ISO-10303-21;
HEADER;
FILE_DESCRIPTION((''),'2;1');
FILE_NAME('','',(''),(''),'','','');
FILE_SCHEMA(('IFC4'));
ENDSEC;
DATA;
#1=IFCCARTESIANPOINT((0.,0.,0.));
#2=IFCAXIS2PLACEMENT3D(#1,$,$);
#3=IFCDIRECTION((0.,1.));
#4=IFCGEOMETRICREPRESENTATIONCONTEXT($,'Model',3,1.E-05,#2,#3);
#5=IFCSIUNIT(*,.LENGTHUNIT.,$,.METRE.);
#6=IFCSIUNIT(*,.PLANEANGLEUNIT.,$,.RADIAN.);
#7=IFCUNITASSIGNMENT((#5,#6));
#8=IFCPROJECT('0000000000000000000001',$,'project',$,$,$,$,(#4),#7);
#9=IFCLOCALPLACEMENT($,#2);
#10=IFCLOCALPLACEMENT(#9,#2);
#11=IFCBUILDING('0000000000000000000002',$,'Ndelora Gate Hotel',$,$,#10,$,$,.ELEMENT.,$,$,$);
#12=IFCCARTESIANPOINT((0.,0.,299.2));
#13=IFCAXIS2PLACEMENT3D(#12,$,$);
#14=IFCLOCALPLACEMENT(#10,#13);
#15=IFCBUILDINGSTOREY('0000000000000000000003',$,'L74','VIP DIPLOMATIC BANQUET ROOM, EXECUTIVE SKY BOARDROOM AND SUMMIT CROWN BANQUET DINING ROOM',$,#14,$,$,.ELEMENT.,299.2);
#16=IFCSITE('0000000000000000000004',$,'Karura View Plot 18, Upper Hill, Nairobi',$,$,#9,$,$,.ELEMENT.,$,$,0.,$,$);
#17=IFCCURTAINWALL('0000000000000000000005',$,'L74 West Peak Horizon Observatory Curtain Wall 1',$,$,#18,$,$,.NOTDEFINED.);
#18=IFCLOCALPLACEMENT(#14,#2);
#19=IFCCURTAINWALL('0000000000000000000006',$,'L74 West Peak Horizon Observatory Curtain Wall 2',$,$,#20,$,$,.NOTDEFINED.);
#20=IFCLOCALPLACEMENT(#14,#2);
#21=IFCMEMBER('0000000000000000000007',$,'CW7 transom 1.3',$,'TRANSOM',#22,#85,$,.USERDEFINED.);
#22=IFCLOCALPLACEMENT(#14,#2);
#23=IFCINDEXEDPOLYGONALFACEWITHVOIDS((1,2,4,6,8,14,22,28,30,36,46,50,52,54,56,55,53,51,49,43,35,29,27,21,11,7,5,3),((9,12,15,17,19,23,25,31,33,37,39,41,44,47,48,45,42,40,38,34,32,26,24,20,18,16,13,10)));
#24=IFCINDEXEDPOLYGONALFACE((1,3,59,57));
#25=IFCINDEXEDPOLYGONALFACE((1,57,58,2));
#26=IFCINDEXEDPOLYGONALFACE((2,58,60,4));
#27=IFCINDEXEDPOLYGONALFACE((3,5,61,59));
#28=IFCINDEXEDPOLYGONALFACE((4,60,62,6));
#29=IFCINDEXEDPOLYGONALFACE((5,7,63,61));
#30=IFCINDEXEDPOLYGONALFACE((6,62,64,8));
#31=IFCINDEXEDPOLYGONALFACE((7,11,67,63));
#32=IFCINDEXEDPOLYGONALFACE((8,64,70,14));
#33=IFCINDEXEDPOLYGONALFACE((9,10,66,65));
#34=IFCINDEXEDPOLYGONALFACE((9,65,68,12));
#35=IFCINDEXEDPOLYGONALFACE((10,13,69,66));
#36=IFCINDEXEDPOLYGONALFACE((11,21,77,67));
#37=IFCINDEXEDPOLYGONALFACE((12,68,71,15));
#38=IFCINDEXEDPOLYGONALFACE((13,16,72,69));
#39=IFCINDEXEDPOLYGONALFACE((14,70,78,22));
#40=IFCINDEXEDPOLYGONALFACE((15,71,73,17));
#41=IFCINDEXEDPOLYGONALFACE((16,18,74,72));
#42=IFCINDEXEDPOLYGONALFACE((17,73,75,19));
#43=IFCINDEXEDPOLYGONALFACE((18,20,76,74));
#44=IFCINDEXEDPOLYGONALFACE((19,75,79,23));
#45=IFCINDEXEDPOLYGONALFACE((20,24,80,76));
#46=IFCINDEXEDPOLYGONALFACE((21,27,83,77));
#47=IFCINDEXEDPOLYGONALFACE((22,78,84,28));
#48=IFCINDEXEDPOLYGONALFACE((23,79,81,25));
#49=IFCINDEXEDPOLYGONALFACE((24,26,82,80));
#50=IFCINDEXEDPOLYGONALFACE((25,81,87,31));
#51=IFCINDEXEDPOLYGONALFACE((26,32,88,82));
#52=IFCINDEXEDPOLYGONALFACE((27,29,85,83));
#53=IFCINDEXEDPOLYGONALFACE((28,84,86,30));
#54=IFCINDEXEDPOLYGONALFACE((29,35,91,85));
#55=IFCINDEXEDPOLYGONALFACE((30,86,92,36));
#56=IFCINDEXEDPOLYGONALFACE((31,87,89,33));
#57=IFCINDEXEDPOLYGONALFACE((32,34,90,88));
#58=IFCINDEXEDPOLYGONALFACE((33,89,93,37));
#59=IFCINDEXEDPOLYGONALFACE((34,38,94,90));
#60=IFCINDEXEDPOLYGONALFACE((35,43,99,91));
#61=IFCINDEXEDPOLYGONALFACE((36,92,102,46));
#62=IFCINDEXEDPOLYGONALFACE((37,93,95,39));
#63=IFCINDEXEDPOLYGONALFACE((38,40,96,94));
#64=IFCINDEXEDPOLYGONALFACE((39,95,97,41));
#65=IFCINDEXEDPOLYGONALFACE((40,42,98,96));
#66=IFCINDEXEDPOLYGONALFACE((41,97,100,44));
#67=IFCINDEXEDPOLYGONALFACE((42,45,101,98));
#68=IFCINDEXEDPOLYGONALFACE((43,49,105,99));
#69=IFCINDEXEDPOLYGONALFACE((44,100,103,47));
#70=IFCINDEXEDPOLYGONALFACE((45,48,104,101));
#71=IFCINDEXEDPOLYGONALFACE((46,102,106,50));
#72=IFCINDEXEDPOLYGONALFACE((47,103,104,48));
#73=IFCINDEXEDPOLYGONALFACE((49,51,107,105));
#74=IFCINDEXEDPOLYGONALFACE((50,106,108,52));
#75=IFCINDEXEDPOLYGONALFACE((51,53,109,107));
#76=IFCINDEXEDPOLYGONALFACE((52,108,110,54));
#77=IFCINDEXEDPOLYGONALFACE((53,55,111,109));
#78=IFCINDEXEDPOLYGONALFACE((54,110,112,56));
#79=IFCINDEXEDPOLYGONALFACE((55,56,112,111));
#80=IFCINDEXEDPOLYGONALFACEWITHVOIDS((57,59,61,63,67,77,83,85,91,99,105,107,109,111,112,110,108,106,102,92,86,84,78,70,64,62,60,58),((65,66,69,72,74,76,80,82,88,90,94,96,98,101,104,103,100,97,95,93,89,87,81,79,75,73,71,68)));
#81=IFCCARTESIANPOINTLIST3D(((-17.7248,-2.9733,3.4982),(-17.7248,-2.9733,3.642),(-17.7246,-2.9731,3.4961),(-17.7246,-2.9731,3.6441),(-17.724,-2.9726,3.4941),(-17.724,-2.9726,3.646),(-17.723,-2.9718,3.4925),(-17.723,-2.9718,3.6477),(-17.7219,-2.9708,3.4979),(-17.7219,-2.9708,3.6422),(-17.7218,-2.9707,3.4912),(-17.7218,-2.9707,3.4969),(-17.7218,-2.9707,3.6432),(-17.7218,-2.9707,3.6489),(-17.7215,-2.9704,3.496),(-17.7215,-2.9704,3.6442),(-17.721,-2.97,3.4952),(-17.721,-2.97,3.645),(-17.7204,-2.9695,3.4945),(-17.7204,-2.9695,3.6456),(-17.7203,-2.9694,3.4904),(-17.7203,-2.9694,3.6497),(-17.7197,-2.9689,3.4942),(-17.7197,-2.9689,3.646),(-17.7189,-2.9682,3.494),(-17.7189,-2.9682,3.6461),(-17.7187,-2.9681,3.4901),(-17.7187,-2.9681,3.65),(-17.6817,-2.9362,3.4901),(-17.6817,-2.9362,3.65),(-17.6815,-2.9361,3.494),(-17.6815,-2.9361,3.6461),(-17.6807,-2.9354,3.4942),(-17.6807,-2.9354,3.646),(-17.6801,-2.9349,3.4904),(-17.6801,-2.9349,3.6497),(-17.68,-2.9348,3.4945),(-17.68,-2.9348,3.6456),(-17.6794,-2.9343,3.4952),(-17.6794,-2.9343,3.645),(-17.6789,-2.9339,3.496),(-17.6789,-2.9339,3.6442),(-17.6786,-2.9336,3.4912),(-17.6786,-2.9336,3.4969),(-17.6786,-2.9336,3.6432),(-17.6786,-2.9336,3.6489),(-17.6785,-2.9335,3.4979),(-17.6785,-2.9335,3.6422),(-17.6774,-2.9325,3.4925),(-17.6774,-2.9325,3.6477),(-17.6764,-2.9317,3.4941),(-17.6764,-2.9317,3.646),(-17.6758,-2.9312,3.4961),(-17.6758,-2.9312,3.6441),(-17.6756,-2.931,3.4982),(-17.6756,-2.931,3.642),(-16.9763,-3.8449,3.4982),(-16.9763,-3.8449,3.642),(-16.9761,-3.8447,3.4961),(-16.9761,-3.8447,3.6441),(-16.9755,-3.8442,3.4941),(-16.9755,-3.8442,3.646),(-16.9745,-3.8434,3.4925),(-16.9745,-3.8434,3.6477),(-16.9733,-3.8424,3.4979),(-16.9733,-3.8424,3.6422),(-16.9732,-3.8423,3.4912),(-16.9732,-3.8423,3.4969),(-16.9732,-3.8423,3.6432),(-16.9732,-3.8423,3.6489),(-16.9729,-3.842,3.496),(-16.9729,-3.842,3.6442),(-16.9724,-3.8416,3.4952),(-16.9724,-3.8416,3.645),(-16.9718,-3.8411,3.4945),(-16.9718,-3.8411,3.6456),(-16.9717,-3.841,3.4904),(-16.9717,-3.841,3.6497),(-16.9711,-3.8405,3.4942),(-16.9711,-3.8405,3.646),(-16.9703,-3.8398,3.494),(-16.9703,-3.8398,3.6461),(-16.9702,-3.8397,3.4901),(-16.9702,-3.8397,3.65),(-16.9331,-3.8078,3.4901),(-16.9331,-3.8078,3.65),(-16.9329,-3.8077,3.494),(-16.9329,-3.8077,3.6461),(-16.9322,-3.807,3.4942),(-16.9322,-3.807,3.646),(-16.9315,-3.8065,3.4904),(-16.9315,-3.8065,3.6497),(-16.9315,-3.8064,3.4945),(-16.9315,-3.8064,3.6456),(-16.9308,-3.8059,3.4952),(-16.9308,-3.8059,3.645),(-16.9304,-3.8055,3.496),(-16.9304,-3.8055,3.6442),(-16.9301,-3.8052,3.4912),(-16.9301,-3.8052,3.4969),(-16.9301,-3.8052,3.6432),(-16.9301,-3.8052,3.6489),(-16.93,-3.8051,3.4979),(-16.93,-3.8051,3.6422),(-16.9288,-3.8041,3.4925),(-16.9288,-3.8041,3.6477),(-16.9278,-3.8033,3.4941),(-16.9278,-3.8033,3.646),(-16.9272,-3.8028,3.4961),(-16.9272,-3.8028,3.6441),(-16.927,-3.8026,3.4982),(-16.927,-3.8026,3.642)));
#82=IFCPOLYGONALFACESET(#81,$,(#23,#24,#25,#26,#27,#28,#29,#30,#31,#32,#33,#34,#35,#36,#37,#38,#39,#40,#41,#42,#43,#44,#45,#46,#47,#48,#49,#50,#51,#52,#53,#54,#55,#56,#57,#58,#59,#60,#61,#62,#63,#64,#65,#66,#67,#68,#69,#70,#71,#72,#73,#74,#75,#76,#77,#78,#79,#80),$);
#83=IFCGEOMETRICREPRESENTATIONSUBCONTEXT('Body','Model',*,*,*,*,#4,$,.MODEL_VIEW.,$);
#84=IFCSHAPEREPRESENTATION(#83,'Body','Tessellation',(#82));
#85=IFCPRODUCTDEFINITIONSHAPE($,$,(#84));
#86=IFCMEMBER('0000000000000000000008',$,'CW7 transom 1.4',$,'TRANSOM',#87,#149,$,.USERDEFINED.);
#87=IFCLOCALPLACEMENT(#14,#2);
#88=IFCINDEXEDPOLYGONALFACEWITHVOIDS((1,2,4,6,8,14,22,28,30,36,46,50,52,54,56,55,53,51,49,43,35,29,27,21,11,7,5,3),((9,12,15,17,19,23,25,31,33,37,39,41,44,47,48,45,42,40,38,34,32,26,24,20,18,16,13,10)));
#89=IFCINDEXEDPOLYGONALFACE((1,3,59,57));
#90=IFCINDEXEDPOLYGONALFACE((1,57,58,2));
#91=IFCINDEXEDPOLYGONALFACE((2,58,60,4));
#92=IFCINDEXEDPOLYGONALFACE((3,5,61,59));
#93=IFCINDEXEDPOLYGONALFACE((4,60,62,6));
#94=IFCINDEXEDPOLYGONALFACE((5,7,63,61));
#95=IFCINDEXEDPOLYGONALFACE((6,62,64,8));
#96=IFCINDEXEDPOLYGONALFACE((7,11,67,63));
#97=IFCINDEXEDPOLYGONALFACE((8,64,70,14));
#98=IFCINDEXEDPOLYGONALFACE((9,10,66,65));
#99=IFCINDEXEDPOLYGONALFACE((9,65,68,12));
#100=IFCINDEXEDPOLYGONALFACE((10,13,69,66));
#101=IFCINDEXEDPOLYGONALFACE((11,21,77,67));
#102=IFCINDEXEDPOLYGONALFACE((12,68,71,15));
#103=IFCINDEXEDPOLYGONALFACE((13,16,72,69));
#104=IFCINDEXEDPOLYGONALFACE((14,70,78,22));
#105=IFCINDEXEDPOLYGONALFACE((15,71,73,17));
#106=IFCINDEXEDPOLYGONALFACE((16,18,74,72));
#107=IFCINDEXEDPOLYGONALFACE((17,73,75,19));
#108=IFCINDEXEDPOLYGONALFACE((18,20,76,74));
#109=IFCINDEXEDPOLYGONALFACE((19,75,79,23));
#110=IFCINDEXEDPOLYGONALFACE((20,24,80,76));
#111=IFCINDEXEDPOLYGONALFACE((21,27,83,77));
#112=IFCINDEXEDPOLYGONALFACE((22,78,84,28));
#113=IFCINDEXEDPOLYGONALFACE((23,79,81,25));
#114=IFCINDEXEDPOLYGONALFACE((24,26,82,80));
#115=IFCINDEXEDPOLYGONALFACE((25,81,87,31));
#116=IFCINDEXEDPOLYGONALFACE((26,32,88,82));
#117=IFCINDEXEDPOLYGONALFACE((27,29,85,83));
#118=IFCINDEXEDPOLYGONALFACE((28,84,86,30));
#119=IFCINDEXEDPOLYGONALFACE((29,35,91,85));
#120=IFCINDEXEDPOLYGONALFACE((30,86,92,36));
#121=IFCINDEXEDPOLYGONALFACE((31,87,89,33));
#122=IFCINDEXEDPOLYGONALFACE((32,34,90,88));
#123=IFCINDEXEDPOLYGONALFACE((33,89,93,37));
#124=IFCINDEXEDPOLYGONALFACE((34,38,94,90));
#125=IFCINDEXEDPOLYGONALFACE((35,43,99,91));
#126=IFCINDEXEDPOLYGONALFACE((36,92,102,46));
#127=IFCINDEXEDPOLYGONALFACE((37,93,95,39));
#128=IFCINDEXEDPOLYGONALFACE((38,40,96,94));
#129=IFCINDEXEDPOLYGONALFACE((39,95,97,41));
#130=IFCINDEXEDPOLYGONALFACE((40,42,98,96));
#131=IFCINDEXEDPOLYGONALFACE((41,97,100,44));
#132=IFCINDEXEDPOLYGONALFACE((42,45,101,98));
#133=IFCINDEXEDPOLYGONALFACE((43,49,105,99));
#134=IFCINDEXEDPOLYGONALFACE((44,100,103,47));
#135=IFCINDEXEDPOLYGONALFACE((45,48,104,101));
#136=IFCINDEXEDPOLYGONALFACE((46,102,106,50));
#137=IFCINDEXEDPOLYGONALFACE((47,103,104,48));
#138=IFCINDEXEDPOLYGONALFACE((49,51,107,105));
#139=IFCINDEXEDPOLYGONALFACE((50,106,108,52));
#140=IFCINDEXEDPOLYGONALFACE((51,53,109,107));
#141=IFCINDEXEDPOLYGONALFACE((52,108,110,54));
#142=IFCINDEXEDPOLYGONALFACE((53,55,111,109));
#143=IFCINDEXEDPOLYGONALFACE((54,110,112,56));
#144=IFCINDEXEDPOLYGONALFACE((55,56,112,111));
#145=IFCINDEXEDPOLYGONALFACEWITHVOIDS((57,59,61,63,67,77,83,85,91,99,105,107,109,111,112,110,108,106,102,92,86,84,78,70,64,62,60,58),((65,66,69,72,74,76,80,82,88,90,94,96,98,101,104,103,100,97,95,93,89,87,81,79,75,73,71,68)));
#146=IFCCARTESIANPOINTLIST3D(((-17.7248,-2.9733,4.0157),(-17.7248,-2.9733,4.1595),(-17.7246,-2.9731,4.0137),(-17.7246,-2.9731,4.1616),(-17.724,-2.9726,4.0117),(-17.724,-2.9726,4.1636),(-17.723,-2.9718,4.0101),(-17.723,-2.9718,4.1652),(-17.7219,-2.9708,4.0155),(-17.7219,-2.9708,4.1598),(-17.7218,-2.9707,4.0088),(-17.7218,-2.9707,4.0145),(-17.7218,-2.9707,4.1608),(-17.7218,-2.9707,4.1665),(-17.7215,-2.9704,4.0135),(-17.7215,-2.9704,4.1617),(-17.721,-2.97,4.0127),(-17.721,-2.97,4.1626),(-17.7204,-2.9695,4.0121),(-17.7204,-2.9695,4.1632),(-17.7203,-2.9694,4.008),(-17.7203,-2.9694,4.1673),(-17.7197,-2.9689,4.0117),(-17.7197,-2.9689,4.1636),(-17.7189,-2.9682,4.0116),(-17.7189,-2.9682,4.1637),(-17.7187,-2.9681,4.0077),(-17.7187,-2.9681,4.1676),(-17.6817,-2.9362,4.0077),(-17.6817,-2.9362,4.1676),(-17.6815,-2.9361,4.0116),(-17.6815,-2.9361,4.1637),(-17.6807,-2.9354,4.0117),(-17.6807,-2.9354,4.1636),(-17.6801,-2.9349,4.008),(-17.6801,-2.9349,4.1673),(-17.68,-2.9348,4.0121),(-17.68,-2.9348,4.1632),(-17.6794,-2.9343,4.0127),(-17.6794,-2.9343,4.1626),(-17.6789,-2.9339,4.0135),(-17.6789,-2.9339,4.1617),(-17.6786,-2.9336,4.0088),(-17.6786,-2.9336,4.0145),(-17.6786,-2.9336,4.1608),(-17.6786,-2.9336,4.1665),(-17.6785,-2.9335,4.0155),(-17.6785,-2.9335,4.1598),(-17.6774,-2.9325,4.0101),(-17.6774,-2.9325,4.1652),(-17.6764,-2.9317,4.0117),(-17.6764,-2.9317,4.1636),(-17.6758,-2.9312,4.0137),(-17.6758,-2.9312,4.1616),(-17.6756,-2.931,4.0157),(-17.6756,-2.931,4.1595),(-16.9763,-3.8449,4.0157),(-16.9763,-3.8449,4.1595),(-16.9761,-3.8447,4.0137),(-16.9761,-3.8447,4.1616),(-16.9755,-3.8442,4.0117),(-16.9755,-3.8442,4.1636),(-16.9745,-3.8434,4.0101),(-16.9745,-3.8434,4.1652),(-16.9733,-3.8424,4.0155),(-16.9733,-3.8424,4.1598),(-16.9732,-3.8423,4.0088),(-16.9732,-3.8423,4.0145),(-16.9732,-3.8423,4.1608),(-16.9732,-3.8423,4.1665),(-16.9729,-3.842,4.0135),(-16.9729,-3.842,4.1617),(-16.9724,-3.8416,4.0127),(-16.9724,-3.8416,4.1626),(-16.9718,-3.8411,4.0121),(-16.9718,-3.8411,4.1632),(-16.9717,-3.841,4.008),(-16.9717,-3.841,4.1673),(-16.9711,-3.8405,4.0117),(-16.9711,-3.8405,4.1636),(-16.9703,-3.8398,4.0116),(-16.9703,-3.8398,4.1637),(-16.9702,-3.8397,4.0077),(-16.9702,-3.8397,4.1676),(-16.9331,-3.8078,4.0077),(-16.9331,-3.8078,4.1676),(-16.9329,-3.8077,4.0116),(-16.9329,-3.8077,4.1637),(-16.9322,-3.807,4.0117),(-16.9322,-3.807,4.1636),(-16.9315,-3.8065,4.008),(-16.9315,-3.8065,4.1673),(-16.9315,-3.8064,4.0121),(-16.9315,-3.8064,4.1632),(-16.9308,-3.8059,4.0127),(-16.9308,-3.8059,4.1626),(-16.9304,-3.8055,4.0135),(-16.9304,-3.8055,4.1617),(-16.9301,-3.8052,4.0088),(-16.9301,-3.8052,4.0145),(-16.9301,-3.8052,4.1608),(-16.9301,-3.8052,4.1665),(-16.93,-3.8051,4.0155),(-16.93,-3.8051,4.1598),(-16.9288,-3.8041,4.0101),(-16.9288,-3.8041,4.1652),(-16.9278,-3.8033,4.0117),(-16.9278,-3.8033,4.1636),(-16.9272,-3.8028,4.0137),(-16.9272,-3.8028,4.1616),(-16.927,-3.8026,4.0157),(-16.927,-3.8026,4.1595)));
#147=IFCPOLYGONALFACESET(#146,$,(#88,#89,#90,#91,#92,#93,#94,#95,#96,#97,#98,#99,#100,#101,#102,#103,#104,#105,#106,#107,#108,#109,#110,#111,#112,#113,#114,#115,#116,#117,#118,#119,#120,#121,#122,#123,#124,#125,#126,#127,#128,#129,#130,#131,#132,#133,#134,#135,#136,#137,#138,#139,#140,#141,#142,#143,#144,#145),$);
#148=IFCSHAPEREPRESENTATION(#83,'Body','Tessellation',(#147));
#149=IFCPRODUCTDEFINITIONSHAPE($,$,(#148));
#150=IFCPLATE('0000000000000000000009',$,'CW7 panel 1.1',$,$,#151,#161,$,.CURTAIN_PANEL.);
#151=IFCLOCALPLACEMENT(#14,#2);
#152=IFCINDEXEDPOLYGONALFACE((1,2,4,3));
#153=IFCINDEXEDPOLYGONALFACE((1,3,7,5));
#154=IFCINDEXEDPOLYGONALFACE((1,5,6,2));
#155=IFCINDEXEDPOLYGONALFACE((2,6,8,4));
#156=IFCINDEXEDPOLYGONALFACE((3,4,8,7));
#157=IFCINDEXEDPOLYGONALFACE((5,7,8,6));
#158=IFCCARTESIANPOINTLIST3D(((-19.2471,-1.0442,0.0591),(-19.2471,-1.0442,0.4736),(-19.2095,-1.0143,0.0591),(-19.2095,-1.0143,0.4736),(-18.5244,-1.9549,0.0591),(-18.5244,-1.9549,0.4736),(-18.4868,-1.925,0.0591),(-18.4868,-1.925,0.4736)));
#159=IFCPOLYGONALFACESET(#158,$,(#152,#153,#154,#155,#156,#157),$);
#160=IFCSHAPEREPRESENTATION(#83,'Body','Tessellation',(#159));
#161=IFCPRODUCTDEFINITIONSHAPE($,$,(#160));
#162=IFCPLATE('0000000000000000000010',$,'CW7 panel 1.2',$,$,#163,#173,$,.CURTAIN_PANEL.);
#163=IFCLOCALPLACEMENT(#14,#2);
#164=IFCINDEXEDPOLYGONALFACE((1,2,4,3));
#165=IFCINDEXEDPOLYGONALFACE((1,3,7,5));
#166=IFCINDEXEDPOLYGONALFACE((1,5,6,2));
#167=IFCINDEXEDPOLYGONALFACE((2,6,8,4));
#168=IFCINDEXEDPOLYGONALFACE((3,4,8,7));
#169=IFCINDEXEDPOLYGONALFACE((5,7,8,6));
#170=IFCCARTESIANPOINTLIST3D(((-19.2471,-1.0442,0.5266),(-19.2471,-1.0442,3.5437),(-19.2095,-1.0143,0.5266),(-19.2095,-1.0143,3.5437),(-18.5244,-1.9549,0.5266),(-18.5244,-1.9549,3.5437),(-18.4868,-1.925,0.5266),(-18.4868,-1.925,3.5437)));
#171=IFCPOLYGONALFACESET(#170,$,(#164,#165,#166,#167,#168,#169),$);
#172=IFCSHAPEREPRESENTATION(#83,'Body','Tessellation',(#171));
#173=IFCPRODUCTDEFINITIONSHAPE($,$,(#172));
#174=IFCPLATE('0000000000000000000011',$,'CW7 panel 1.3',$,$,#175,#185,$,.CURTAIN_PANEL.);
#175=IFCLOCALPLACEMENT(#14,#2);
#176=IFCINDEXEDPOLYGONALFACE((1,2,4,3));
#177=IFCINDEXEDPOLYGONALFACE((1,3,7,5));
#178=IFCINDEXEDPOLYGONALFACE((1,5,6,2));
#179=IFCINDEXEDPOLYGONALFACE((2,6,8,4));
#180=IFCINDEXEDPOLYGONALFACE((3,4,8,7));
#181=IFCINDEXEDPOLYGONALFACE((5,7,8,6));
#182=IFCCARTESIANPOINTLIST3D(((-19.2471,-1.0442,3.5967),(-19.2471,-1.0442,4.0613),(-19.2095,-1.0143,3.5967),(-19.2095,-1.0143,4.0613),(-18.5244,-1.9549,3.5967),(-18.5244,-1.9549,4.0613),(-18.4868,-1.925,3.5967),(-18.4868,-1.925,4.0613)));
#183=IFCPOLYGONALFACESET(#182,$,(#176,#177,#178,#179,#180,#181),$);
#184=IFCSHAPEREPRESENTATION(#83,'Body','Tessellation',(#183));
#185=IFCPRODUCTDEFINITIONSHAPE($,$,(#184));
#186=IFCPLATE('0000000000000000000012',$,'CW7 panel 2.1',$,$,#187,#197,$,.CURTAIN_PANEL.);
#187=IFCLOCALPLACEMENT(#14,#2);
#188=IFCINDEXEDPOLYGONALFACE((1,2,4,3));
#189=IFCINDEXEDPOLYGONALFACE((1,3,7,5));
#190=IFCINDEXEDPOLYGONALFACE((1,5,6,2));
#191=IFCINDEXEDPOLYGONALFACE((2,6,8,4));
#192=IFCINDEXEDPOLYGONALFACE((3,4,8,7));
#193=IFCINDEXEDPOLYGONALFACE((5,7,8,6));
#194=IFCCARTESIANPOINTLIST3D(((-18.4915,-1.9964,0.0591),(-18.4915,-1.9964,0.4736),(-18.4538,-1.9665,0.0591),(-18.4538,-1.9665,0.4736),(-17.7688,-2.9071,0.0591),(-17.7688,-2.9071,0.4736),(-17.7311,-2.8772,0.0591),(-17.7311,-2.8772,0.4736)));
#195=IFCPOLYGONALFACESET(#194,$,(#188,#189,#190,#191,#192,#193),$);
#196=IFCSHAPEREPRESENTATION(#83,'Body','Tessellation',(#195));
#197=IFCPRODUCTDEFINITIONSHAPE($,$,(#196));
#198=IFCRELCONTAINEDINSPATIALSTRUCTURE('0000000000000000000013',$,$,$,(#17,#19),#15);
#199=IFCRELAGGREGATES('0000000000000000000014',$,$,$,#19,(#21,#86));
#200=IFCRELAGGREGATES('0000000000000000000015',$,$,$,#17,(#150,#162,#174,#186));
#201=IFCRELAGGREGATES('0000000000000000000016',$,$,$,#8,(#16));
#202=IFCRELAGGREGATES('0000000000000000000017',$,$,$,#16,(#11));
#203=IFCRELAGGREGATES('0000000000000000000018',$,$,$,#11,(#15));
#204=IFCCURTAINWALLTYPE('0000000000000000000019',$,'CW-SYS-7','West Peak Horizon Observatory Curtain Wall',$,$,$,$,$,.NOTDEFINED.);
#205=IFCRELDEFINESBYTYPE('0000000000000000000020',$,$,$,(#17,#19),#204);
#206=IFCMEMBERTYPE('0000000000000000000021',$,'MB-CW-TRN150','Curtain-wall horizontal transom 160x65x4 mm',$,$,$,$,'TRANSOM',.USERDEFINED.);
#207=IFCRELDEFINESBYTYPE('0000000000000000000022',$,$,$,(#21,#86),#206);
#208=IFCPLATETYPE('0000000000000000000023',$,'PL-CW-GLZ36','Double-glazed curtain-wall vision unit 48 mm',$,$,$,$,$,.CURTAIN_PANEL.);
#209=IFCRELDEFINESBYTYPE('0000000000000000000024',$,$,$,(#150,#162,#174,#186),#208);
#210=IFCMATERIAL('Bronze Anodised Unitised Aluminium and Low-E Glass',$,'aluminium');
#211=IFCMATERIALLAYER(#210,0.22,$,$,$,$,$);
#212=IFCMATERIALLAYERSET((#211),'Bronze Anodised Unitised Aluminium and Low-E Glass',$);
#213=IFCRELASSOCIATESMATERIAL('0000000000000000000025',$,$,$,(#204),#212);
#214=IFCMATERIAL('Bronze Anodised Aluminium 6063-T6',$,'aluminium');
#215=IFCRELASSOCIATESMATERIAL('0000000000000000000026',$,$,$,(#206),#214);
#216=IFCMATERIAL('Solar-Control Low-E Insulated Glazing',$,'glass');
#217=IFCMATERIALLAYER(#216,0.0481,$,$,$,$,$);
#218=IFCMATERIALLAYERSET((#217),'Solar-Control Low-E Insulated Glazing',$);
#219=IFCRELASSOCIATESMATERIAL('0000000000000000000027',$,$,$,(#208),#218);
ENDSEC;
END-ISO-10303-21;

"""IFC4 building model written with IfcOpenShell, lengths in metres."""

from ifc_helpers import new_model, si_unit, direction, frame, origin, origin_2d, place, context, subcontext, project, spatial, rectangle, hollow_rectangle, extrude, material, layer, layer_set, material_profile, profile_set, type_object, element, aggregate, save


model = new_model("IFC4")

# Units and contexts
model_context = context("Model", 3, precision=1e-05, world=origin(), true_north=direction((0.0, 1.0)))
body_context = subcontext(model_context, "Body", "Model", "MODEL_VIEW")
ifc_project = project(units=[si_unit("LENGTHUNIT", "METRE"), si_unit("PLANEANGLEUNIT", "RADIAN")], contexts=[model_context])

# Site, building, storey
site_placement = place(None, origin())
site = spatial("IfcSite", under=ifc_project, at=site_placement, Name="Karura View Plot 18, Upper Hill, Nairobi", CompositionType="ELEMENT", RefElevation=0.0)
building_placement = place(site_placement, origin())
building = spatial("IfcBuilding", under=site, at=building_placement, Name="Ndelora Gate Hotel", CompositionType="ELEMENT")
storey_placement = place(building_placement, frame((0.0, 0.0, 299.2)))
storey = spatial("IfcBuildingStorey", under=building, at=storey_placement, Name="L74", Description="VIP DIPLOMATIC BANQUET ROOM, EXECUTIVE SKY BOARDROOM AND SUMMIT CROWN BANQUET DINING ROOM", CompositionType="ELEMENT", Elevation=299.2)

# Curtain wall
ifc_material_1 = material(Name="Bronze Anodised Unitised Aluminium and Low-E Glass", Category="aluminium")
ifc_layer_1 = layer(ifc_material_1, 0.22)
ifc_layer_set_1 = layer_set([ifc_layer_1], Name="Bronze Anodised Unitised Aluminium and Low-E Glass")
curtain_wall_type = type_object("IfcCurtainWallType", Name="CW-SYS-7", Description="West Peak Horizon Observatory Curtain Wall", PredefinedType="NOTDEFINED", material=ifc_layer_set_1)
curtain_wall_1_placement = place(storey_placement, origin())
curtain_wall_1 = element("IfcCurtainWall", 1, at=curtain_wall_1_placement, inside=storey, type_object=curtain_wall_type, Name="L74 West Peak Horizon Observatory Curtain Wall 1", PredefinedType="NOTDEFINED")
ifc_material_2 = material(Name="Bronze Anodised Aluminium 6063-T6", Category="aluminium")

# Curtain wall
curtain_wall_2_placement = place(storey_placement, origin())
curtain_wall_2 = element("IfcCurtainWall", 2, at=curtain_wall_2_placement, inside=storey, type_object=curtain_wall_type, Name="L74 West Peak Horizon Observatory Curtain Wall 2", PredefinedType="NOTDEFINED")

# Members
ifc_material_profile_1 = material_profile(ifc_material_2, hollow_rectangle(XDim=0.0649, YDim=0.1599, WallThickness=0.0039, InnerFilletRadius=0.0039, OuterFilletRadius=0.0081, at=origin_2d()), Name="ALU 160x65x4")
ifc_profile_set_1 = profile_set([ifc_material_profile_1], Name="Bronze Anodised Aluminium 6063-T6")
member_type_1 = type_object("IfcMemberType", Name="MB-CW-TRN150", Description="Curtain-wall horizontal transom 160x65x4 mm", ElementType="TRANSOM", PredefinedType="USERDEFINED", material=ifc_profile_set_1)
member_1_placement = place(storey_placement, frame((-17.7002, -2.9521, 3.5701), z_axis=(0.651526, -0.758626, 0.0), x_axis=(0.758626, 0.651526, 0.0)))
member_1 = element("IfcMember", 3, at=member_1_placement, type_object=member_type_1, Name="CW7 transom 1.3", ObjectType="TRANSOM", PredefinedType="USERDEFINED", context=body_context, shape_type="SweptSolid", body=[
    extrude(hollow_rectangle(XDim=0.0649, YDim=0.1599, WallThickness=0.0039, InnerFilletRadius=0.0039, OuterFilletRadius=0.0081, at=origin_2d()), origin(), (0.0, 0.0, 1.0), 1.1489),
])
member_2_placement = place(storey_placement, frame((-17.7002, -2.9521, 4.0876), z_axis=(0.651526, -0.758626, 0.0), x_axis=(0.758626, 0.651526, 0.0)))
member_2 = element("IfcMember", 4, at=member_2_placement, type_object=member_type_1, Name="CW7 transom 1.4", ObjectType="TRANSOM", PredefinedType="USERDEFINED", context=body_context, shape_type="SweptSolid", body=[
    extrude(hollow_rectangle(XDim=0.0649, YDim=0.1599, WallThickness=0.0039, InnerFilletRadius=0.0039, OuterFilletRadius=0.0081, at=origin_2d()), origin(), (0.0, 0.0, 1.0), 1.1489),
])
aggregate(curtain_wall_2, [member_1, member_2])

# Plates
ifc_material_3 = material(Name="Solar-Control Low-E Insulated Glazing", Category="glass")
ifc_layer_2 = layer(ifc_material_3, 0.0481)
ifc_layer_set_2 = layer_set([ifc_layer_2], Name="Solar-Control Low-E Insulated Glazing")
plate_type = type_object("IfcPlateType", Name="PL-CW-GLZ36", Description="Double-glazed curtain-wall vision unit 48 mm", PredefinedType="CURTAIN_PANEL", material=ifc_layer_set_2)
plate_1_placement = place(storey_placement, frame((-18.8669, -1.4846, 0.0591), z_axis=(0.0, 0.0, 1.0), x_axis=(0.621622, -0.783317, 0.0)))
plate_1 = element("IfcPlate", 5, at=plate_1_placement, type_object=plate_type, Name="CW7 panel 1.1", PredefinedType="CURTAIN_PANEL", context=body_context, shape_type="SweptSolid", body=[
    extrude(rectangle(XDim=1.1626, YDim=0.0481, at=origin_2d()), origin(), (0.0, 0.0, 1.0), 0.4146),
])
plate_2_placement = place(storey_placement, frame((-18.8669, -1.4846, 0.5266), z_axis=(0.0, 0.0, 1.0), x_axis=(0.621622, -0.783317, 0.0)))
plate_2 = element("IfcPlate", 6, at=plate_2_placement, type_object=plate_type, Name="CW7 panel 1.2", PredefinedType="CURTAIN_PANEL", context=body_context, shape_type="SweptSolid", body=[
    extrude(rectangle(XDim=1.1626, YDim=0.0481, at=origin_2d()), origin(), (0.0, 0.0, 1.0), 3.0171),
])
plate_3_placement = place(storey_placement, frame((-18.8669, -1.4846, 3.5967), z_axis=(0.0, 0.0, 1.0), x_axis=(0.621622, -0.783317, 0.0)))
plate_3 = element("IfcPlate", 7, at=plate_3_placement, type_object=plate_type, Name="CW7 panel 1.3", PredefinedType="CURTAIN_PANEL", context=body_context, shape_type="SweptSolid", body=[
    extrude(rectangle(XDim=1.1626, YDim=0.0481, at=origin_2d()), origin(), (0.0, 0.0, 1.0), 0.4646),
])
plate_4_placement = place(storey_placement, frame((-18.1113, -2.4368, 0.0591), z_axis=(0.0, 0.0, 1.0), x_axis=(0.621622, -0.783317, 0.0)))
plate_4 = element("IfcPlate", 8, at=plate_4_placement, type_object=plate_type, Name="CW7 panel 2.1", PredefinedType="CURTAIN_PANEL", context=body_context, shape_type="SweptSolid", body=[
    extrude(rectangle(XDim=1.1626, YDim=0.0481, at=origin_2d()), origin(), (0.0, 0.0, 1.0), 0.4146),
])
aggregate(curtain_wall_1, [plate_1, plate_2, plate_3, plate_4])

save(model, "model.ifc")
